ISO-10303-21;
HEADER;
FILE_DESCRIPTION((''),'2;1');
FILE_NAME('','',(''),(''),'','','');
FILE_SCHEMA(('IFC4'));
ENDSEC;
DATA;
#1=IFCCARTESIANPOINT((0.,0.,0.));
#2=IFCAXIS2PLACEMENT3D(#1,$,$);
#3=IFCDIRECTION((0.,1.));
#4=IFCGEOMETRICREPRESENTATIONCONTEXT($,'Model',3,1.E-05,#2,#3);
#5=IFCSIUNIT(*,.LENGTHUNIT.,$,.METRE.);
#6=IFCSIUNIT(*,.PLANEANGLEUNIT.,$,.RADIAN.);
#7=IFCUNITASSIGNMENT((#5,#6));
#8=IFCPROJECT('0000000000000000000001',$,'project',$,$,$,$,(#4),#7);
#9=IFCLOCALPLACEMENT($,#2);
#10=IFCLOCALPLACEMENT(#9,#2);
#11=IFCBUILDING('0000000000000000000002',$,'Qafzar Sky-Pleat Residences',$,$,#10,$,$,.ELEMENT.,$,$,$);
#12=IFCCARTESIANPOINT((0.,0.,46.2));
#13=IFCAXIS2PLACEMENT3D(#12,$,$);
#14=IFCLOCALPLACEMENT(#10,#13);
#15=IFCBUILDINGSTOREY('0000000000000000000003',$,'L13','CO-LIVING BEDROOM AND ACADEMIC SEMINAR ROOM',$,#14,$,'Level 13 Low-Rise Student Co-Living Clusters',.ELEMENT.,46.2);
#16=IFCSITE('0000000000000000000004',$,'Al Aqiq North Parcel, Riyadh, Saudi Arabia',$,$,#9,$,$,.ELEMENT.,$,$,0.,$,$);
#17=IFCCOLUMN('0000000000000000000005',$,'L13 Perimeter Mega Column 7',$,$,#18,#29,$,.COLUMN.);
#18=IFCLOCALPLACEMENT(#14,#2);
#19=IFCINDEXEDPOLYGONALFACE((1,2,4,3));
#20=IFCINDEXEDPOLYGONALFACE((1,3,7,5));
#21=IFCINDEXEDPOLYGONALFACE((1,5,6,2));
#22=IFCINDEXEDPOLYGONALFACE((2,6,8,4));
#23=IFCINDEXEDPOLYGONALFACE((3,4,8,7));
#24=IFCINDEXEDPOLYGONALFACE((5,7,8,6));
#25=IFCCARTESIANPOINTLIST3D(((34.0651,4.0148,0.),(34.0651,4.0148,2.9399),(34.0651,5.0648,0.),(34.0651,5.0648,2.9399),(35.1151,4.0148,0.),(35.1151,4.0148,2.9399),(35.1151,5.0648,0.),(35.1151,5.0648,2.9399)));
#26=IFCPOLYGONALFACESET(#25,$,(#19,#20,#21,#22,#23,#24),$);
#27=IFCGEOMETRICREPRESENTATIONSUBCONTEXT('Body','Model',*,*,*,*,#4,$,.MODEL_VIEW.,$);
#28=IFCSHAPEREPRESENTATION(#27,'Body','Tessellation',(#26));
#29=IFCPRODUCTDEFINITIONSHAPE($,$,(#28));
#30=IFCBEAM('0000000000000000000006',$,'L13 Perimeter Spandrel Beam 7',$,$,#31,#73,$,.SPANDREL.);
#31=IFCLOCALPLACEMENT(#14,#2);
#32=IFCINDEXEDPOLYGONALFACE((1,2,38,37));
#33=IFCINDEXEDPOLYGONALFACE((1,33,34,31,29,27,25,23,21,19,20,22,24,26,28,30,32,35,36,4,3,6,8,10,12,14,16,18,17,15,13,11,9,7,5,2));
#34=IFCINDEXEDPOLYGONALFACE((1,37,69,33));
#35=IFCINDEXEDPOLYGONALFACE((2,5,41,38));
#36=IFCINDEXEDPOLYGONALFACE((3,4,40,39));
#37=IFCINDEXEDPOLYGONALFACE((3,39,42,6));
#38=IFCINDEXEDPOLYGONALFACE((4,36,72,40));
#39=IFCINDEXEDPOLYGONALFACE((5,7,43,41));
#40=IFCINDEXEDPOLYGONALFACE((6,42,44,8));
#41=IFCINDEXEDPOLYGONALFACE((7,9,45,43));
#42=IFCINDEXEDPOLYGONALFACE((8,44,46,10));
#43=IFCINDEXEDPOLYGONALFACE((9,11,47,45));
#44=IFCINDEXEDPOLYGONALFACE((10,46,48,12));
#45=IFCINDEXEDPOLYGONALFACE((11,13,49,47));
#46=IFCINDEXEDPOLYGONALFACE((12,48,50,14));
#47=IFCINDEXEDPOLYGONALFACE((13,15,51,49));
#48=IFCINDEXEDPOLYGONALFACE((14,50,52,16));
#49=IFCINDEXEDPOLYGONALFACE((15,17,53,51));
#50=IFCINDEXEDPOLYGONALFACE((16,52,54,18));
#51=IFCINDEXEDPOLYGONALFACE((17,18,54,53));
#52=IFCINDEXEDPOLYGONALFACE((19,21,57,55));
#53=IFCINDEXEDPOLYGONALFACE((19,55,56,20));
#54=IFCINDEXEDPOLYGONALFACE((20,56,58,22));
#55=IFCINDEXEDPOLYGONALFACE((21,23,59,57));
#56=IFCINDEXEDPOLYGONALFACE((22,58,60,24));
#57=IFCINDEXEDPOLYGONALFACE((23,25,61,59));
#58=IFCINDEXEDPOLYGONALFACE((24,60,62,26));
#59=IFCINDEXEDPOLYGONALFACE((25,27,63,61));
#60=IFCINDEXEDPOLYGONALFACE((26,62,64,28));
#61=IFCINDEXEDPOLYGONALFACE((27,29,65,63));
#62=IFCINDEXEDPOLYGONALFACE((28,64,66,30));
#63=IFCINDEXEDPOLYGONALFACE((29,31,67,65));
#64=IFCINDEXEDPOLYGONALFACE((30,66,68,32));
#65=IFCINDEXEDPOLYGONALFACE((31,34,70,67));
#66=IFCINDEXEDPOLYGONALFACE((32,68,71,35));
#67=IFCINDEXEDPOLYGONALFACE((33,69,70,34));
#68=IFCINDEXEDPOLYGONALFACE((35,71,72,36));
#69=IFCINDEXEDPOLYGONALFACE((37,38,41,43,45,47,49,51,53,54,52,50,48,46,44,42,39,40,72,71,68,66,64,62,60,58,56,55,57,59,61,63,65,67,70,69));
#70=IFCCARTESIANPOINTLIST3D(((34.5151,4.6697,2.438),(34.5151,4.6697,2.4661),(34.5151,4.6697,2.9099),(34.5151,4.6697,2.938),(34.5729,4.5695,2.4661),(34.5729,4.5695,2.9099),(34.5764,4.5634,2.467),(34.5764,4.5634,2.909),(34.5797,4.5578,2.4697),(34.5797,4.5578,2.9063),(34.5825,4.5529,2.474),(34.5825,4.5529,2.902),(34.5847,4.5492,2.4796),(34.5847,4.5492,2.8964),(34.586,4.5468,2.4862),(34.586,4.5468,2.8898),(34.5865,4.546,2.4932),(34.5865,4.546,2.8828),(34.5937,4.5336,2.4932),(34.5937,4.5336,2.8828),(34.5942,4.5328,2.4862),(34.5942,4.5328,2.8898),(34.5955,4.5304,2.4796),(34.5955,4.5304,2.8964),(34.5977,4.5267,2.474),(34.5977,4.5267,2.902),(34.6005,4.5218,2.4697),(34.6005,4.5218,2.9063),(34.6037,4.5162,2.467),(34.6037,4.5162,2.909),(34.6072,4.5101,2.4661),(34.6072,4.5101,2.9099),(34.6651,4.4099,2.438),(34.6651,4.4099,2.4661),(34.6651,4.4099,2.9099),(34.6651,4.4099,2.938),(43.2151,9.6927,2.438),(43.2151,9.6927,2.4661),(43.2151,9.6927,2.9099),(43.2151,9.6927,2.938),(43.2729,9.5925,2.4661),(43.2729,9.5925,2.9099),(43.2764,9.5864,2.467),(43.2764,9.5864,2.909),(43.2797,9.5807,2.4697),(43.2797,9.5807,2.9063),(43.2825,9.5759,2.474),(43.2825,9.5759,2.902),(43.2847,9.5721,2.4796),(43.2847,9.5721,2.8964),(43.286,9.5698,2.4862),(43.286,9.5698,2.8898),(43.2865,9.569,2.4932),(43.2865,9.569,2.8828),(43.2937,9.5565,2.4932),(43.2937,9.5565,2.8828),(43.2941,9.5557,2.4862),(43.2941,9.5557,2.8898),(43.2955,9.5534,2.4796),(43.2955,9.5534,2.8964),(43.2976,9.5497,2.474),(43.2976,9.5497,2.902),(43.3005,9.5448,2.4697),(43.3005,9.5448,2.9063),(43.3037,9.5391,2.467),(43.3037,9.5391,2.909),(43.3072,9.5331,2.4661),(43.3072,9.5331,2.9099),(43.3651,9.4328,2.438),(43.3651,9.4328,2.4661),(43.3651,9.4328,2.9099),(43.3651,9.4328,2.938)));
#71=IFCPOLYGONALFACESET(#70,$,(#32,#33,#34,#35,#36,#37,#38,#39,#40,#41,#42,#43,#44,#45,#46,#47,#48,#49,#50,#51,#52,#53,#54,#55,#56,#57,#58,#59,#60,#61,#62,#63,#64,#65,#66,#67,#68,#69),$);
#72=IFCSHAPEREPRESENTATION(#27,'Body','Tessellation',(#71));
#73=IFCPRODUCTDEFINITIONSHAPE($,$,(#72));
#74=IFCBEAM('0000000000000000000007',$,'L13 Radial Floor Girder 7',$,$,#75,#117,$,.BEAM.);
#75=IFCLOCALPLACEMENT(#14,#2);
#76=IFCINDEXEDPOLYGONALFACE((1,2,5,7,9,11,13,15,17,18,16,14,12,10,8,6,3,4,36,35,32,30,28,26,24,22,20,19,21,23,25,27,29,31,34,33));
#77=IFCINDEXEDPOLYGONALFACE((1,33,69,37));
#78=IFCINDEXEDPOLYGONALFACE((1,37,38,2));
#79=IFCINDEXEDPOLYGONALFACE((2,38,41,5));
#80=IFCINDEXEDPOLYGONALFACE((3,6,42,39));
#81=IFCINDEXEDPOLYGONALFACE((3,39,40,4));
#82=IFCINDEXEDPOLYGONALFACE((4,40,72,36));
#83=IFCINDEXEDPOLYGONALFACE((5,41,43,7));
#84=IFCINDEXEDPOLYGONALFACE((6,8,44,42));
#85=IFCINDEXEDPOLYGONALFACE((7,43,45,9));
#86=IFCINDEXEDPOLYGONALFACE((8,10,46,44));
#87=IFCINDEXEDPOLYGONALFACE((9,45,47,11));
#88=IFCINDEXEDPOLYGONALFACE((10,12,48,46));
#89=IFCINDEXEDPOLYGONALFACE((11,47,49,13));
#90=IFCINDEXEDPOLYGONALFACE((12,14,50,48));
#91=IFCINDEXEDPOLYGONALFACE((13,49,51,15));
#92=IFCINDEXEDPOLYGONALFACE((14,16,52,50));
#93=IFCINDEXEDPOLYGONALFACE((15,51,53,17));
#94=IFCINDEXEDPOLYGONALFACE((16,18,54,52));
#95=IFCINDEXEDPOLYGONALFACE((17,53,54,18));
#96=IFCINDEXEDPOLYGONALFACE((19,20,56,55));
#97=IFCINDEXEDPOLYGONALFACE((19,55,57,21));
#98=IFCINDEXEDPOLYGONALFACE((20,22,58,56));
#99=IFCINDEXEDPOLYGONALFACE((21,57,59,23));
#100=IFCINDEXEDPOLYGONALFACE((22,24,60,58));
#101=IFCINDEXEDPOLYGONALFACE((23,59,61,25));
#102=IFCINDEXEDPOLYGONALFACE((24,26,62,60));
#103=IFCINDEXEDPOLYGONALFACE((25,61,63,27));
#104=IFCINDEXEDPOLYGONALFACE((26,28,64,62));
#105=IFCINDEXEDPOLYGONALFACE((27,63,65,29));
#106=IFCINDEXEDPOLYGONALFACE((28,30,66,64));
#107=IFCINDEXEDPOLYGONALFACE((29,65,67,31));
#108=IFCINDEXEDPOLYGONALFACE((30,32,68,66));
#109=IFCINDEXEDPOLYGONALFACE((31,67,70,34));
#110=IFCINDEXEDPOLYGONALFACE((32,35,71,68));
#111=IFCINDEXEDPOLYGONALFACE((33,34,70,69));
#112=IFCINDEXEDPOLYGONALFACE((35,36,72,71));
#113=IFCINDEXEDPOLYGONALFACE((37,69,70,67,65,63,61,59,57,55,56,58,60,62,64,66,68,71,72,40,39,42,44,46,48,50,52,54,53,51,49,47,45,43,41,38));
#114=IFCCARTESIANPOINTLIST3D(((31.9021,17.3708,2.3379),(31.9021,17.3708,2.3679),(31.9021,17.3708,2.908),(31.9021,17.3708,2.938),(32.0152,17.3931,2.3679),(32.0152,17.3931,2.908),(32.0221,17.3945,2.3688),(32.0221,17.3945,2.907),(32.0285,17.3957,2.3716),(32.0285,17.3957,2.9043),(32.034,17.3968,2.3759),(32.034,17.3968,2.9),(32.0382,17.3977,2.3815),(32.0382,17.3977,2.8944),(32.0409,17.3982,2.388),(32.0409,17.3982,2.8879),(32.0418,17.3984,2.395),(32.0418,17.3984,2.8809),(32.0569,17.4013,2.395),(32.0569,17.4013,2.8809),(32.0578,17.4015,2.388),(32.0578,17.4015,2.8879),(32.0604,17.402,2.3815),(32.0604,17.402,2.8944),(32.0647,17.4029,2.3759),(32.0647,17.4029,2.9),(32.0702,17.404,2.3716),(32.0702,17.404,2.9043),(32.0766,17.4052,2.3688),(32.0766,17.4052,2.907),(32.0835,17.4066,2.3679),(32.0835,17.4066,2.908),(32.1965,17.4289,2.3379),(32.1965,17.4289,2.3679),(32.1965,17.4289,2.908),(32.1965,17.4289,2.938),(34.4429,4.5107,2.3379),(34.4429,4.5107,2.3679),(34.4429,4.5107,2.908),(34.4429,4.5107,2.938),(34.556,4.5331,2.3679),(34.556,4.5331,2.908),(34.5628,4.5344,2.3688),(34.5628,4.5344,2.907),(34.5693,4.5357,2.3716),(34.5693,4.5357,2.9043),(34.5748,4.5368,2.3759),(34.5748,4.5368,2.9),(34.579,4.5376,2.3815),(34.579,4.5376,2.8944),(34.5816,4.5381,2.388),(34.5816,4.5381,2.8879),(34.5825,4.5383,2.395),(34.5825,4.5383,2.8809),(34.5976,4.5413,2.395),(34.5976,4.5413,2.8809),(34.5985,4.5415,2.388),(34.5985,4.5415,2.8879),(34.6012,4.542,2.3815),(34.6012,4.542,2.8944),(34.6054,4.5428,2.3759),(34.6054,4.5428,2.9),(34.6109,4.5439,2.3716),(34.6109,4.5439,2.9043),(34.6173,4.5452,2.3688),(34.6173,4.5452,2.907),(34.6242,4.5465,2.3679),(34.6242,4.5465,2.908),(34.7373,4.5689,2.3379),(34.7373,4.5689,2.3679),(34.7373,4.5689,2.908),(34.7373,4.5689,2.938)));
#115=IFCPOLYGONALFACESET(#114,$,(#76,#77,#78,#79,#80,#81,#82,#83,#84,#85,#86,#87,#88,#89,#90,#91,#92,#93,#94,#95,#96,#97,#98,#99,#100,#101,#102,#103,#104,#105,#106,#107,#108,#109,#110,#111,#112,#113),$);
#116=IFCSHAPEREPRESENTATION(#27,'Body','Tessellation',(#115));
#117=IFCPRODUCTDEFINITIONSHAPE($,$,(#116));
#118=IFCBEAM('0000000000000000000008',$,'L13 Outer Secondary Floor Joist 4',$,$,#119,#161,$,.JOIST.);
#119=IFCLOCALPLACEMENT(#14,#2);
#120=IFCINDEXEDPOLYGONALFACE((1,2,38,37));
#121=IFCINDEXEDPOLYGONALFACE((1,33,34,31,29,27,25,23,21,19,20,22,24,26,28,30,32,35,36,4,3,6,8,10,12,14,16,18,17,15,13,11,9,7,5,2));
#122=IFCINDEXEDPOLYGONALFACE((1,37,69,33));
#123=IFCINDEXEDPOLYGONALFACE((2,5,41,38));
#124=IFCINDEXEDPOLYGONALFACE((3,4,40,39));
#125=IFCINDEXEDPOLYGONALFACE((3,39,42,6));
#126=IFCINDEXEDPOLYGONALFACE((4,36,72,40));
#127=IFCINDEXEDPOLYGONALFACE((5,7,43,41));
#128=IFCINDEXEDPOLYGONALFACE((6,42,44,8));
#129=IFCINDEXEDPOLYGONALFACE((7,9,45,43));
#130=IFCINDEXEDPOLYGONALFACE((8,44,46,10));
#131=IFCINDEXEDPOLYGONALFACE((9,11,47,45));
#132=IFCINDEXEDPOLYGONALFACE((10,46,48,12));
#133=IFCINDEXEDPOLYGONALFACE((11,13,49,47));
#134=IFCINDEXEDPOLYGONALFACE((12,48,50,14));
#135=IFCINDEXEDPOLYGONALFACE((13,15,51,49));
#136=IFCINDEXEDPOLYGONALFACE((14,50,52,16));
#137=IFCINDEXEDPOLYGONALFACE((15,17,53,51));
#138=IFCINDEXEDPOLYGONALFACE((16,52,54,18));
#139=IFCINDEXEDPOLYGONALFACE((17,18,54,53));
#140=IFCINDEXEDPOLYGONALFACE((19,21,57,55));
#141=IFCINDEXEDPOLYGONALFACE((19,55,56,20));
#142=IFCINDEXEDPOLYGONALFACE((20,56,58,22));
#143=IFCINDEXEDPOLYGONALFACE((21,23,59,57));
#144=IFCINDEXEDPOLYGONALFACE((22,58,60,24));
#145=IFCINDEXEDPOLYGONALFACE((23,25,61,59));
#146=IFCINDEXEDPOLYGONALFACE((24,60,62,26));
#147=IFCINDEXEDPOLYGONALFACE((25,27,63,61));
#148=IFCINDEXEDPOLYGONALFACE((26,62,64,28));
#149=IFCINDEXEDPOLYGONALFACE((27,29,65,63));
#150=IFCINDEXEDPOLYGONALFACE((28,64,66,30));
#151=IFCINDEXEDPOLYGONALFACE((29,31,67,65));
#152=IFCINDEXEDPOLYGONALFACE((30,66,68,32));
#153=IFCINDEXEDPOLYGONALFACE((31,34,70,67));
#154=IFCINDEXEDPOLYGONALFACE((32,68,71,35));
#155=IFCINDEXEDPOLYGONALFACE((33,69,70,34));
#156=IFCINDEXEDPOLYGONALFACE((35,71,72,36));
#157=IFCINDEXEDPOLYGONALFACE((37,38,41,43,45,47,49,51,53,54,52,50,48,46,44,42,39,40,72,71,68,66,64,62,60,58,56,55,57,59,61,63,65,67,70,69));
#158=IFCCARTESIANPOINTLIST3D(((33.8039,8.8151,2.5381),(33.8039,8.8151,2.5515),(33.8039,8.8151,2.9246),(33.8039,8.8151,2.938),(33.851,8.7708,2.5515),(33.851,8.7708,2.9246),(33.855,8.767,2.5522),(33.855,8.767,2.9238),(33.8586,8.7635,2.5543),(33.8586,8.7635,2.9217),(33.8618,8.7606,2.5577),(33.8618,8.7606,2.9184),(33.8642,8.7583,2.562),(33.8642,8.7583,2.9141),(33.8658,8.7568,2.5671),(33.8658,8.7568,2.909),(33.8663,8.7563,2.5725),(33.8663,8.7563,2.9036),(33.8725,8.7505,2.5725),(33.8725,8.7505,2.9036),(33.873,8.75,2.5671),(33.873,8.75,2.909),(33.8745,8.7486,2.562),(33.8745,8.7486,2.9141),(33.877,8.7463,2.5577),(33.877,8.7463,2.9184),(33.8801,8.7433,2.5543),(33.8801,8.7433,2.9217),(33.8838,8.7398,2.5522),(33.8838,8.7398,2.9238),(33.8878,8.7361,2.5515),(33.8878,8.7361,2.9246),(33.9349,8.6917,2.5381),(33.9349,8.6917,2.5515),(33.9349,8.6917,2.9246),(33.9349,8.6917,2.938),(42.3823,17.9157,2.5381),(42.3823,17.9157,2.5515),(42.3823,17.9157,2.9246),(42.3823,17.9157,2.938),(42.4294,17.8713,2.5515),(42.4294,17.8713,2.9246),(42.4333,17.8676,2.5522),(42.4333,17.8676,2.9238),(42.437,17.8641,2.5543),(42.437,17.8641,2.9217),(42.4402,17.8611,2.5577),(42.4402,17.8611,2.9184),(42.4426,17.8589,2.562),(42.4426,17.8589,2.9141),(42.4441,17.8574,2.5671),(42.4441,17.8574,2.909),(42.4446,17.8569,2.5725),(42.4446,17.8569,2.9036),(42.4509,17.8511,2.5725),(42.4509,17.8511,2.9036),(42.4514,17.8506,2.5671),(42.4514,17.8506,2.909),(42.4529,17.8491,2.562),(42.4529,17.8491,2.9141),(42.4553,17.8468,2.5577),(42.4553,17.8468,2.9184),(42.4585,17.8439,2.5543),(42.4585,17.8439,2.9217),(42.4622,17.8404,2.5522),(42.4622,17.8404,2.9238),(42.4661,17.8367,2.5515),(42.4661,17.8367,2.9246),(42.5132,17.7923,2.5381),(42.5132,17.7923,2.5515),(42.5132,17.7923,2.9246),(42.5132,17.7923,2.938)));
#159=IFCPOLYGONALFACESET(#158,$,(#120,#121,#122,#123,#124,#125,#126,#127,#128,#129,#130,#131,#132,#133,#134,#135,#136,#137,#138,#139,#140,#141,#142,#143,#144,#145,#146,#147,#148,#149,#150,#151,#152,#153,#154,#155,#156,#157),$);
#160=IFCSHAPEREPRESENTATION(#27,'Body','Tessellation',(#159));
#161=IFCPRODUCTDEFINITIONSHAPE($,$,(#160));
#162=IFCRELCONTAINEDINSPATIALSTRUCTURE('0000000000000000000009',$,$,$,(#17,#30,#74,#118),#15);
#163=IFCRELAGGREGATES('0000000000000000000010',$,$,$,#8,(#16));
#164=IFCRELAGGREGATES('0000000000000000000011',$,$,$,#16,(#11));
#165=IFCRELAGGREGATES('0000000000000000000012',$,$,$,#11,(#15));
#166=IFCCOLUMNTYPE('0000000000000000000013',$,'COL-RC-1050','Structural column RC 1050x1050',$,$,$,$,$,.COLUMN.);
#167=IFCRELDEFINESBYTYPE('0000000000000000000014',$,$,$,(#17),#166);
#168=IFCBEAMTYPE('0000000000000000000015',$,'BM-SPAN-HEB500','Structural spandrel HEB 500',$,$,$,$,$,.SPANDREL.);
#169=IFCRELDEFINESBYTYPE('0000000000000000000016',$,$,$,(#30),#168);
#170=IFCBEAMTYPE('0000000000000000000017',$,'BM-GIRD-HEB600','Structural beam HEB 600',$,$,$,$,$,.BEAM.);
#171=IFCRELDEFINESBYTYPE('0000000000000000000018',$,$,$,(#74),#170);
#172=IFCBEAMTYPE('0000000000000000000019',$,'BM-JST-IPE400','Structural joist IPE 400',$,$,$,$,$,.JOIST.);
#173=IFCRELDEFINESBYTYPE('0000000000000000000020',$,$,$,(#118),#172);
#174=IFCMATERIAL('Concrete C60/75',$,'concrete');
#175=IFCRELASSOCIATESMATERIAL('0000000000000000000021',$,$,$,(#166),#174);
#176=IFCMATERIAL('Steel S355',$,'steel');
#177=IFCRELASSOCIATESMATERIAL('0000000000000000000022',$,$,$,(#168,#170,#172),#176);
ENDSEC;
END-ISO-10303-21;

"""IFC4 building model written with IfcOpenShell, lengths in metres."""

from ifc_helpers import new_model, si_unit, direction, frame, origin, origin_2d, place, context, subcontext, project, spatial, rectangle, i_section, extrude, source, transform, mapped, material, material_profile, profile_set, type_object, element, save


model = new_model("IFC4")

# Units and contexts
model_context = context("Model", 3, precision=1e-05, world=origin(), true_north=direction((0.0, 1.0)))
body_context = subcontext(model_context, "Body", "Model", "MODEL_VIEW")
ifc_project = project(units=[si_unit("LENGTHUNIT", "METRE"), si_unit("PLANEANGLEUNIT", "RADIAN")], contexts=[model_context])

# Site, building, storey
site_placement = place(None, origin())
site = spatial("IfcSite", under=ifc_project, at=site_placement, Name="Al Aqiq North Parcel, Riyadh, Saudi Arabia", CompositionType="ELEMENT", RefElevation=0.0)
building_placement = place(site_placement, origin())
building = spatial("IfcBuilding", under=site, at=building_placement, Name="Qafzar Sky-Pleat Residences", CompositionType="ELEMENT")
storey_placement = place(building_placement, frame((0.0, 0.0, 46.2)))
storey = spatial("IfcBuildingStorey", under=building, at=storey_placement, Name="L13", Description="CO-LIVING BEDROOM AND ACADEMIC SEMINAR ROOM", LongName="Level 13 Low-Rise Student Co-Living Clusters", CompositionType="ELEMENT", Elevation=46.2)

# Column
ifc_material_1 = material(Name="Concrete C60/75", Category="concrete")
ifc_material_profile_1 = material_profile(ifc_material_1, rectangle(XDim=1.05, YDim=1.05, at=origin_2d()), Name="RC 1050x1050")
ifc_profile_set_1 = profile_set([ifc_material_profile_1], Name="Concrete C60/75")
column_type = type_object("IfcColumnType", Name="COL-RC-1050", Description="Structural column RC 1050x1050", PredefinedType="COLUMN", material=ifc_profile_set_1)
shared_shape_1 = source(origin(), body_context, "Body", "SweptSolid", [
    extrude(rectangle(XDim=1.05, YDim=1.05, at=origin_2d()), origin(), (0.0, 0.0, 1.0), 2.9399),
])
column_placement = place(storey_placement, frame((34.5901, 4.5398, 0.0), z_axis=(0.0, 0.0, 1.0), x_axis=(1.0, 0.0, 0.0)))
element("IfcColumn", 1, at=column_placement, inside=storey, type_object=column_type, Name="L13 Perimeter Mega Column 7", PredefinedType="COLUMN", context=body_context, shape_type="MappedRepresentation", body=[
    mapped(shared_shape_1, transform((0.0, 0.0, 0.0), x_axis=(1.0, 0.0, 0.0), y_axis=(0.0, 1.0, 0.0), z_axis=(0.0, 0.0, 1.0), scale=1.0)),
])

# Beams
ifc_material_2 = material(Name="Steel S355", Category="steel")
ifc_material_profile_2 = material_profile(ifc_material_2, i_section(OverallWidth=0.3, OverallDepth=0.5, WebThickness=0.0144, FlangeThickness=0.0281, FilletRadius=0.0271, at=origin_2d()), Name="HEB 500")
ifc_profile_set_2 = profile_set([ifc_material_profile_2], Name="Steel S355")
beam_type_1 = type_object("IfcBeamType", Name="BM-SPAN-HEB500", Description="Structural spandrel HEB 500", PredefinedType="SPANDREL", material=ifc_profile_set_2)
shared_shape_2 = source(origin(), body_context, "Body", "SweptSolid", [
    extrude(i_section(OverallWidth=0.3, OverallDepth=0.5, WebThickness=0.0144, FlangeThickness=0.0281, FilletRadius=0.0271, at=origin_2d()), origin(), (0.0, 0.0, 1.0), 10.0459),
])
beam_1_placement = place(storey_placement, frame((34.5901, 4.5398, 2.688), z_axis=(0.866024, 0.500002, 0.0), x_axis=(-0.500002, 0.866024, 0.0)))
element("IfcBeam", 2, at=beam_1_placement, inside=storey, type_object=beam_type_1, Name="L13 Perimeter Spandrel Beam 7", PredefinedType="SPANDREL", context=body_context, shape_type="MappedRepresentation", body=[
    mapped(shared_shape_2, transform((0.0, 0.0, 0.0), x_axis=(1.0, 0.0, 0.0), y_axis=(0.0, 1.0, 0.0), z_axis=(0.0, 0.0, 1.0), scale=1.0)),
])
ifc_material_profile_3 = material_profile(ifc_material_2, i_section(OverallWidth=0.3, OverallDepth=0.6001, WebThickness=0.0154, FlangeThickness=0.03, FilletRadius=0.0271, at=origin_2d()), Name="HEB 600")
ifc_profile_set_3 = profile_set([ifc_material_profile_3], Name="Steel S355")
beam_type_2 = type_object("IfcBeamType", Name="BM-GIRD-HEB600", Description="Structural beam HEB 600", PredefinedType="BEAM", material=ifc_profile_set_3)
shared_shape_3 = source(origin(), body_context, "Body", "SweptSolid", [
    extrude(i_section(OverallWidth=0.3, OverallDepth=0.6001, WebThickness=0.0154, FlangeThickness=0.03, FilletRadius=0.0271, at=origin_2d()), origin(), (0.0, 0.0, 1.0), 13.1086),
])
beam_2_placement = place(storey_placement, frame((34.5901, 4.5398, 2.6379), z_axis=(-0.193823, 0.981036, 0.0), x_axis=(-0.981036, -0.193823, 0.0)))
element("IfcBeam", 3, at=beam_2_placement, inside=storey, type_object=beam_type_2, Name="L13 Radial Floor Girder 7", PredefinedType="BEAM", context=body_context, shape_type="MappedRepresentation", body=[
    mapped(shared_shape_3, transform((0.0, 0.0, 0.0), x_axis=(1.0, 0.0, 0.0), y_axis=(0.0, 1.0, 0.0), z_axis=(0.0, 0.0, 1.0), scale=1.0)),
])
ifc_material_profile_4 = material_profile(ifc_material_2, i_section(OverallWidth=0.1799, OverallDepth=0.3999, WebThickness=0.0085, FlangeThickness=0.0134, FilletRadius=0.021, at=origin_2d()), Name="IPE 400")
ifc_profile_set_4 = profile_set([ifc_material_profile_4], Name="Steel S355")
beam_type_3 = type_object("IfcBeamType", Name="BM-JST-IPE400", Description="Structural joist IPE 400", PredefinedType="JOIST", material=ifc_profile_set_4)
shared_shape_4 = source(origin(), body_context, "Body", "SweptSolid", [
    extrude(i_section(OverallWidth=0.1799, OverallDepth=0.3999, WebThickness=0.0085, FlangeThickness=0.0134, FilletRadius=0.021, at=origin_2d()), origin(), (0.0, 0.0, 1.0), 12.5063),
])
beam_3_placement = place(storey_placement, frame((33.8694, 8.7534, 2.738), z_axis=(0.68592, 0.727677, 0.0), x_axis=(-0.727677, 0.68592, 0.0)))
element("IfcBeam", 4, at=beam_3_placement, inside=storey, type_object=beam_type_3, Name="L13 Outer Secondary Floor Joist 4", PredefinedType="JOIST", context=body_context, shape_type="MappedRepresentation", body=[
    mapped(shared_shape_4, transform((0.0, 0.0, 0.0), x_axis=(1.0, 0.0, 0.0), y_axis=(0.0, 1.0, 0.0), z_axis=(0.0, 0.0, 1.0), scale=1.0)),
])

save(model, "model.ifc")
